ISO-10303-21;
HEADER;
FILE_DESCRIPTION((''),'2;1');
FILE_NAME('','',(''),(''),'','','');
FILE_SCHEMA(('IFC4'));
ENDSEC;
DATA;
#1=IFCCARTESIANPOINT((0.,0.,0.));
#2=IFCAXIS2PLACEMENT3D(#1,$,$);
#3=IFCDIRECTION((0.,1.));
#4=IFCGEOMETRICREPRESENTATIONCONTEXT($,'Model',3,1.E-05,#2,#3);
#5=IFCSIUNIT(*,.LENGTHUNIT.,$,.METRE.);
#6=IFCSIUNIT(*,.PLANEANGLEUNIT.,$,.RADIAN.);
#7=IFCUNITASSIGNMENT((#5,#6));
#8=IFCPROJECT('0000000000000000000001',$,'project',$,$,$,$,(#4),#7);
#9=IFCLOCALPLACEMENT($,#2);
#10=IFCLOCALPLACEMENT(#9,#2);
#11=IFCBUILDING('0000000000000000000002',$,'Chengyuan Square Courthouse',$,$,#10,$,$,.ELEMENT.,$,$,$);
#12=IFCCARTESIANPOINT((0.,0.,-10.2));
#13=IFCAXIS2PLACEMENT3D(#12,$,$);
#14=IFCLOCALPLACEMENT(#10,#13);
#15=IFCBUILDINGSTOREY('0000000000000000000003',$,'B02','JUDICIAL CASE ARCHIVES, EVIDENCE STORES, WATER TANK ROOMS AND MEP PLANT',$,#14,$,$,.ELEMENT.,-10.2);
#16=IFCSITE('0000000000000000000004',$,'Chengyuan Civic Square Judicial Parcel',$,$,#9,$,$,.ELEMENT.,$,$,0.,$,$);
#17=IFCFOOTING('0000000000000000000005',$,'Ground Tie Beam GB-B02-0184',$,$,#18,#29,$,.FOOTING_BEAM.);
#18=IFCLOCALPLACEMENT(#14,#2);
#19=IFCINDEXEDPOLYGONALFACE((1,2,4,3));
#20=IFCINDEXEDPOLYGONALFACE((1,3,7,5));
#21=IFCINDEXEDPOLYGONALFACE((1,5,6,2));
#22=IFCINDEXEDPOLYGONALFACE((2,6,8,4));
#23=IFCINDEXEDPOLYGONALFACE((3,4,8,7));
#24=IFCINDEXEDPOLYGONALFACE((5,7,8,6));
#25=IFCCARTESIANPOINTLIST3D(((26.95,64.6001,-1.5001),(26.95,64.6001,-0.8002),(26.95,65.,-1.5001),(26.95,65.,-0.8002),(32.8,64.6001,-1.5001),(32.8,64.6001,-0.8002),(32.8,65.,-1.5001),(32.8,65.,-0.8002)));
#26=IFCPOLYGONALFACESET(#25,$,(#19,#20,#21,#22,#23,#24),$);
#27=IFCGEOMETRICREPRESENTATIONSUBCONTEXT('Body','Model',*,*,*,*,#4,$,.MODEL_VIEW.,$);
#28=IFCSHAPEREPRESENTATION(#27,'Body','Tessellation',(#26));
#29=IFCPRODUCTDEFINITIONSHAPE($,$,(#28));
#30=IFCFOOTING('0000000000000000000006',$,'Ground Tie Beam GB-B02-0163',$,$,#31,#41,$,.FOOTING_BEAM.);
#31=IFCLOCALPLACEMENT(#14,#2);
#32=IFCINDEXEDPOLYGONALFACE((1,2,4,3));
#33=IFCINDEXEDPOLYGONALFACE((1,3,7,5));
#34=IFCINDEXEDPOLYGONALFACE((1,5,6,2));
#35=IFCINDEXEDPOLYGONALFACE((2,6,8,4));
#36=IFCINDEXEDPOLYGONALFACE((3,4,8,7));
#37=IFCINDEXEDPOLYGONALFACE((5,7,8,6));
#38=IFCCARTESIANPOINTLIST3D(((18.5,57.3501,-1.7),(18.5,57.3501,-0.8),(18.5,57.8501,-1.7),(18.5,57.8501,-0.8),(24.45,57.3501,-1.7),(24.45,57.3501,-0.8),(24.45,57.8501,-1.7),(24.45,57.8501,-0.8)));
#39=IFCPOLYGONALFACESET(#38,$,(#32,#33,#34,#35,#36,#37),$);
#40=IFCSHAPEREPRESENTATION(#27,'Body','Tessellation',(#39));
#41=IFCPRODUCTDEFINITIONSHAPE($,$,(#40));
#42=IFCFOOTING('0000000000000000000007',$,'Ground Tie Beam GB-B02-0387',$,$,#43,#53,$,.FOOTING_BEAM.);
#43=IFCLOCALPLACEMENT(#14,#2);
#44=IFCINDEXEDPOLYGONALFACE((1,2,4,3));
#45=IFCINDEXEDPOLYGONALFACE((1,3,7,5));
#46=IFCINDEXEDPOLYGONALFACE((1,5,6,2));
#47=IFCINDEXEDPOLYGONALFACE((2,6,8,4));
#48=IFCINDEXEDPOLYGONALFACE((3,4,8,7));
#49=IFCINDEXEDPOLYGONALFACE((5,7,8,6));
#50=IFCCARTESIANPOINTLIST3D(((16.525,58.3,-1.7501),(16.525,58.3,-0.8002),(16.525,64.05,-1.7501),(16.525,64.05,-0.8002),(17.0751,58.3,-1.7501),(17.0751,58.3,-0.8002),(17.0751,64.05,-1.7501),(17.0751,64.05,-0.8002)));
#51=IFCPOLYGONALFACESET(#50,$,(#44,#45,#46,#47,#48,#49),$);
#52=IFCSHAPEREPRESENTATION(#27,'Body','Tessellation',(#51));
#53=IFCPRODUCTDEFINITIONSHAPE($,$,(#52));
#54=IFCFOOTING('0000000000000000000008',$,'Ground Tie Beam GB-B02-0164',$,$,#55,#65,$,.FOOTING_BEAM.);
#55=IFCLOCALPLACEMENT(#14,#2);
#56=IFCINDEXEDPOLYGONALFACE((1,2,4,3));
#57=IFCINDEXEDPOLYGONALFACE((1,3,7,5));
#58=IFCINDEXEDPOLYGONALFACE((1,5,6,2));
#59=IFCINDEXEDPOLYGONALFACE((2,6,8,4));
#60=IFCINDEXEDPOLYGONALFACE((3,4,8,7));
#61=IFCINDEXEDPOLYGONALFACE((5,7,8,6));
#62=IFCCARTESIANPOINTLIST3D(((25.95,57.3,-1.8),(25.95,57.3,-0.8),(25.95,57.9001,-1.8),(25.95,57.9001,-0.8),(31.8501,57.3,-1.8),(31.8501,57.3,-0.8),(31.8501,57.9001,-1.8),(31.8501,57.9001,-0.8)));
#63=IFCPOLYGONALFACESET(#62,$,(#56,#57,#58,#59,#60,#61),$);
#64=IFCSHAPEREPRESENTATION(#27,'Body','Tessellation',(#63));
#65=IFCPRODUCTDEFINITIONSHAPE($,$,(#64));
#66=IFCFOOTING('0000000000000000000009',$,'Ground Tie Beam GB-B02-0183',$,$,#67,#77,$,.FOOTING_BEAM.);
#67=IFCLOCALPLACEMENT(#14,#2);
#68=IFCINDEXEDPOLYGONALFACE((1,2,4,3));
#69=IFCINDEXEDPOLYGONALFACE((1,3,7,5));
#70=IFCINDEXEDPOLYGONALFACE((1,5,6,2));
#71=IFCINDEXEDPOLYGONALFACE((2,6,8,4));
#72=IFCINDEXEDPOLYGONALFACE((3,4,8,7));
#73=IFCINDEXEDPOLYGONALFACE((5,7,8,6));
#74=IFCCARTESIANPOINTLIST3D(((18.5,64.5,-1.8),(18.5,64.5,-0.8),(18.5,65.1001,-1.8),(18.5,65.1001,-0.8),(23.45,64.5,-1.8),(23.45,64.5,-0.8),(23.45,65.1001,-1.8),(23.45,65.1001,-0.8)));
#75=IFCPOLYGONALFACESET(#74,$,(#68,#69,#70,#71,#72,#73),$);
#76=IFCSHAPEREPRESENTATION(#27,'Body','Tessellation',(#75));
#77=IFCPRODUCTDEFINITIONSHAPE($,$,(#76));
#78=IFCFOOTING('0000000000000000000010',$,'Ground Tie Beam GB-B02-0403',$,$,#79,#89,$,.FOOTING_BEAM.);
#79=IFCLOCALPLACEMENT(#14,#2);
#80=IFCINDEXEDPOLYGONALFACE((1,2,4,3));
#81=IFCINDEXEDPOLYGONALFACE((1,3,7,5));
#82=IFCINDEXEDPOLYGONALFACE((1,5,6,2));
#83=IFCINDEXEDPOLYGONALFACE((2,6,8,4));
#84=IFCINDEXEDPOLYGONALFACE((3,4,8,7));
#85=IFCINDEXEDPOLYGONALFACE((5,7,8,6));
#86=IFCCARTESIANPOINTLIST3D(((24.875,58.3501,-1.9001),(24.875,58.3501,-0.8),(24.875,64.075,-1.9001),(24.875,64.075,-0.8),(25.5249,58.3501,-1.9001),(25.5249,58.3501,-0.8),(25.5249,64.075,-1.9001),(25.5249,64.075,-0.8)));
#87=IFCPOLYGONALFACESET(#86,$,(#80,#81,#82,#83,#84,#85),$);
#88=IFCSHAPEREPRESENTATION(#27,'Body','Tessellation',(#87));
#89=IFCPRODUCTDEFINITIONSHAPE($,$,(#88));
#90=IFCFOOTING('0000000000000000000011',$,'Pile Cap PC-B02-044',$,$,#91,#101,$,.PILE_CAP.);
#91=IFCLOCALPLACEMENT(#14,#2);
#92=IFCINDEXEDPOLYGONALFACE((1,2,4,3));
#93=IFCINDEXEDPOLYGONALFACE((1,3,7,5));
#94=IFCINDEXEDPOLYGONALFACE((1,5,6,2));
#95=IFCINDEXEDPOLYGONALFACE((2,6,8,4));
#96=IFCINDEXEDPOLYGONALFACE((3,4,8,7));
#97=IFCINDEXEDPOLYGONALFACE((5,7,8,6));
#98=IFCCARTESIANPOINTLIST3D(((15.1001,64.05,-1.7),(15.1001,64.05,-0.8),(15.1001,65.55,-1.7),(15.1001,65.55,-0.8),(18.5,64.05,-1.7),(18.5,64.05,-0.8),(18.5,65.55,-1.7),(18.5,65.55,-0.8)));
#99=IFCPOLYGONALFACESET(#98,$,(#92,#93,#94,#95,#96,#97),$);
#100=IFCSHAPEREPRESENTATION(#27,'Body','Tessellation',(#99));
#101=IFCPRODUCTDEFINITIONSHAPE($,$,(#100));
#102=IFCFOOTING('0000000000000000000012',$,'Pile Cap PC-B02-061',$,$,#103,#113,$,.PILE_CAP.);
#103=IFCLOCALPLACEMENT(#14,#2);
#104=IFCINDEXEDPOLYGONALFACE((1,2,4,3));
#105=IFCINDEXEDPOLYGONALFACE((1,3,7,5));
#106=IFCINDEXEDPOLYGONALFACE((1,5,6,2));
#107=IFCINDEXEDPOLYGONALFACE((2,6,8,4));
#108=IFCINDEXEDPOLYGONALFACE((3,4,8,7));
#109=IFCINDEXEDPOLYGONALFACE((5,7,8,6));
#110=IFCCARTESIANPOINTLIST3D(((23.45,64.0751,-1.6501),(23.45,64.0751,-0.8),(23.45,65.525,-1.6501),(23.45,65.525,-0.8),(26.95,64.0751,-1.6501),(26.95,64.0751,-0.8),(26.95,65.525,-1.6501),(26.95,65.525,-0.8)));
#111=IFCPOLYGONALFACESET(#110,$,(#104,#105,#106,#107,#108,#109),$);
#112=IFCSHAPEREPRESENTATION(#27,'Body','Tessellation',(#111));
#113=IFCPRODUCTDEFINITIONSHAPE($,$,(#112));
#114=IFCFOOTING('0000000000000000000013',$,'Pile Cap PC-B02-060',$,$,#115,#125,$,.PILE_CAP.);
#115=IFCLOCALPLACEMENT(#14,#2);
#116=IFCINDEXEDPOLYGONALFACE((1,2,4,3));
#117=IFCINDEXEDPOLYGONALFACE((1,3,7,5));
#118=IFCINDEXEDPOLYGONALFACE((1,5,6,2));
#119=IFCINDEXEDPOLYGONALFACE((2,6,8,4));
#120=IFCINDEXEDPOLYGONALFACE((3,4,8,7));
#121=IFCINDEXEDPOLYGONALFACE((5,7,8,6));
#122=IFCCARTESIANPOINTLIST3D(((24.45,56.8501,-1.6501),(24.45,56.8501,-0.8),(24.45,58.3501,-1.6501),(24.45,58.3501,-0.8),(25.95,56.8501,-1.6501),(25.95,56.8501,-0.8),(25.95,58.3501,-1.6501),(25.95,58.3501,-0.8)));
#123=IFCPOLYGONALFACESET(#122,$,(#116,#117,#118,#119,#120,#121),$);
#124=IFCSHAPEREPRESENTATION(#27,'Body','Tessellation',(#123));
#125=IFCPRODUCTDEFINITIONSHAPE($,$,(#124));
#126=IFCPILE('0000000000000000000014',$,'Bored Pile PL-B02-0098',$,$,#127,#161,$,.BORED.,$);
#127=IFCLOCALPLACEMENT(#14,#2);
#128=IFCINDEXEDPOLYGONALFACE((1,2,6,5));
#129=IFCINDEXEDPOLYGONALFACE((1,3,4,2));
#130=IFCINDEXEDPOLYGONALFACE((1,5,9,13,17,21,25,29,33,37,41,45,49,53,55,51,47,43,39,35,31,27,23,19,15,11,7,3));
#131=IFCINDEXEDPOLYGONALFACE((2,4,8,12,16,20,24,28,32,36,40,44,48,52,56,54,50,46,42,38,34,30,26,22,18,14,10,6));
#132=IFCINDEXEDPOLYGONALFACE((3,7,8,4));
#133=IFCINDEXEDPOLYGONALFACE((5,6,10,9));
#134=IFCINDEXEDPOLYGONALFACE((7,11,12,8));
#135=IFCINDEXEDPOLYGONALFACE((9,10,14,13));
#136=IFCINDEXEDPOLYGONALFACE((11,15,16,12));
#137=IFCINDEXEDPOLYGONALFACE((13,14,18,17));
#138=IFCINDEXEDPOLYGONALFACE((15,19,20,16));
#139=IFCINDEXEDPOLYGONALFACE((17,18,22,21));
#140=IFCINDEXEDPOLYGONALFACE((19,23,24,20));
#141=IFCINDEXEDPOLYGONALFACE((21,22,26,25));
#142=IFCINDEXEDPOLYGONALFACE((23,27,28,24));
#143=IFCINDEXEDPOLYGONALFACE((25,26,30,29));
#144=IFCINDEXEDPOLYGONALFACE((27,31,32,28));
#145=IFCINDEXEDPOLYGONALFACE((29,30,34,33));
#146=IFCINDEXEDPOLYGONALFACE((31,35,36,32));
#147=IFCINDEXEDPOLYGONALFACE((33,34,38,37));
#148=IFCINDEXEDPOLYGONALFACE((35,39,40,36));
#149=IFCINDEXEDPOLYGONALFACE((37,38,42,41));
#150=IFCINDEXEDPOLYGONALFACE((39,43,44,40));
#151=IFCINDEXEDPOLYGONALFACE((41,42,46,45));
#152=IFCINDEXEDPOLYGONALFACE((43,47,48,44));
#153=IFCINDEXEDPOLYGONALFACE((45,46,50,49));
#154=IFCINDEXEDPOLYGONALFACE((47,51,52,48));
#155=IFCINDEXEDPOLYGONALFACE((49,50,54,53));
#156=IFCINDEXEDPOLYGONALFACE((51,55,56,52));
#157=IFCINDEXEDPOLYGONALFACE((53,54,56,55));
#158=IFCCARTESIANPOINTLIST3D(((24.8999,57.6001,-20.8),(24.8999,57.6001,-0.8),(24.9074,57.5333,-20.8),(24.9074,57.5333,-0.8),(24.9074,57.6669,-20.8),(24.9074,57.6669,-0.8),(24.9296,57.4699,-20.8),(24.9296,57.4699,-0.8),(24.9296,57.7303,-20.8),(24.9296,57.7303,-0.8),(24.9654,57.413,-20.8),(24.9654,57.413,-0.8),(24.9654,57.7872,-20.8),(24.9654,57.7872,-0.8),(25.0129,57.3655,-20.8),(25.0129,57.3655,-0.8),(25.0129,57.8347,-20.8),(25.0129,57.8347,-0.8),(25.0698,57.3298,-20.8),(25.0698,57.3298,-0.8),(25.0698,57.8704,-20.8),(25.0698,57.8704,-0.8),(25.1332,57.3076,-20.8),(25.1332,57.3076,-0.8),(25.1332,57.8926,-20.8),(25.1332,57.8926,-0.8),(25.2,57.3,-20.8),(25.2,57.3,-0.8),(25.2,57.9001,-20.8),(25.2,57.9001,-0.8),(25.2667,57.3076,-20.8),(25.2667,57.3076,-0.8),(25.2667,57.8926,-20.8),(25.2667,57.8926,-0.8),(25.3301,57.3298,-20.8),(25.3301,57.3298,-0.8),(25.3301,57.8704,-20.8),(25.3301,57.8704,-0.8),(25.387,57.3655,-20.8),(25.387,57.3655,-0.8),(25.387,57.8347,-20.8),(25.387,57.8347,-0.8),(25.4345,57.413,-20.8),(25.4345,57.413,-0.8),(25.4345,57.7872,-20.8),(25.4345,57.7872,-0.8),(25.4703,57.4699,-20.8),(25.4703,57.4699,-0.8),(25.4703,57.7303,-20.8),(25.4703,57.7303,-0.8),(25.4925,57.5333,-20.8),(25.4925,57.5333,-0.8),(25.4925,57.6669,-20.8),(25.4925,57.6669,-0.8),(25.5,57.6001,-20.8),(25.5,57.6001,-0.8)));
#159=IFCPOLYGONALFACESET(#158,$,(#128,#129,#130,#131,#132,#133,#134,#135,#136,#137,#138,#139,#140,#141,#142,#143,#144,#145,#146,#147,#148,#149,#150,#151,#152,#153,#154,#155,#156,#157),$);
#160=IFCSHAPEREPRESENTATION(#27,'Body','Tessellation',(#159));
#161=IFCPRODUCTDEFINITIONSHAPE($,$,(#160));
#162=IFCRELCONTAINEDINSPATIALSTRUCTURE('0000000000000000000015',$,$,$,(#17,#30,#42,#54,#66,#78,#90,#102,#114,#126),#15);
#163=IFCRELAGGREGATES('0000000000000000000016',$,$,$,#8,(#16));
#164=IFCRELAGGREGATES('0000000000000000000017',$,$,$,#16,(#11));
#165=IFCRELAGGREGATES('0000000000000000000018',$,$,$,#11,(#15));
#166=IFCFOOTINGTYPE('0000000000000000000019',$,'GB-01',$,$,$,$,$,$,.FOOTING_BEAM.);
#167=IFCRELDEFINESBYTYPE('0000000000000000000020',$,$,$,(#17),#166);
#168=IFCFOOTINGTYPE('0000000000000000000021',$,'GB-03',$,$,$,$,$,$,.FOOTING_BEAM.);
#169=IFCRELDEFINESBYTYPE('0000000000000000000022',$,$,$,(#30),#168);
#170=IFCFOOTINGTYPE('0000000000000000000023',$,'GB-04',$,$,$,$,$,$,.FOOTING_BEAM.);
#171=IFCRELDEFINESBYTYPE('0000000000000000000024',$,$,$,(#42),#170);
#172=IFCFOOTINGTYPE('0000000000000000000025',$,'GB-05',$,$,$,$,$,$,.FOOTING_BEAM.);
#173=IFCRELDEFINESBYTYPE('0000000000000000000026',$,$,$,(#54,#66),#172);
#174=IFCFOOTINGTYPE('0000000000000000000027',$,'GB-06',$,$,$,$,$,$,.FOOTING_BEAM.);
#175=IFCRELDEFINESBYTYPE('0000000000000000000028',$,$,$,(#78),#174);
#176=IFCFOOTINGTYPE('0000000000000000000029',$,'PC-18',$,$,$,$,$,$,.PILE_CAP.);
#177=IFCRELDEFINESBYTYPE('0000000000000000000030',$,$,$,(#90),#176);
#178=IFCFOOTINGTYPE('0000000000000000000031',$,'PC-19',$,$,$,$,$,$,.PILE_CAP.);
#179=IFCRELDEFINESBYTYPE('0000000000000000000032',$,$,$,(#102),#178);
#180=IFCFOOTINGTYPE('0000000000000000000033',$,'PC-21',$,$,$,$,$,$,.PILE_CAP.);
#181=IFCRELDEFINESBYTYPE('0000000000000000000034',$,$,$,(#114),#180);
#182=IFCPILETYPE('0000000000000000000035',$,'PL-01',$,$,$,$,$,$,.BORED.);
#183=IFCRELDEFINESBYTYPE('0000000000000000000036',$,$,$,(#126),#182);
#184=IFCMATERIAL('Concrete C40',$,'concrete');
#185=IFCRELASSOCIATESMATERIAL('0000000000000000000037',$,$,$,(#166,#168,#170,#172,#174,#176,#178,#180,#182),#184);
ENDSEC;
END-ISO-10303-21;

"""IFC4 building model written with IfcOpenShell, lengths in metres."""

from ifc_helpers import new_model, si_unit, direction, frame, origin, origin_2d, place, context, subcontext, project, spatial, rectangle, circle, extrude, material, material_profile, profile_set, type_object, element, save


model = new_model("IFC4")

# Units and contexts
model_context = context("Model", 3, precision=1e-05, world=origin(), true_north=direction((0.0, 1.0)))
body_context = subcontext(model_context, "Body", "Model", "MODEL_VIEW")
ifc_project = project(units=[si_unit("LENGTHUNIT", "METRE"), si_unit("PLANEANGLEUNIT", "RADIAN")], contexts=[model_context])

# Site, building, storey
site_placement = place(None, origin())
site = spatial("IfcSite", under=ifc_project, at=site_placement, Name="Chengyuan Civic Square Judicial Parcel", CompositionType="ELEMENT", RefElevation=0.0)
building_placement = place(site_placement, origin())
building = spatial("IfcBuilding", under=site, at=building_placement, Name="Chengyuan Square Courthouse", CompositionType="ELEMENT")
storey_placement = place(building_placement, frame((0.0, 0.0, -10.2)))
storey = spatial("IfcBuildingStorey", under=building, at=storey_placement, Name="B02", Description="JUDICIAL CASE ARCHIVES, EVIDENCE STORES, WATER TANK ROOMS AND MEP PLANT", CompositionType="ELEMENT", Elevation=-10.2)

# Footings
ifc_material_1 = material(Name="Concrete C40", Category="concrete")
ifc_material_profile_1 = material_profile(ifc_material_1, rectangle(XDim=0.3999, YDim=0.7, at=origin_2d()), Name="GB-400x700")
ifc_profile_set_1 = profile_set([ifc_material_profile_1], Name="Concrete C40")
footing_type_1 = type_object("IfcFootingType", Name="GB-01", PredefinedType="FOOTING_BEAM", material=ifc_profile_set_1)
footing_1_placement = place(storey_placement, frame((26.95, 64.8, -1.1501), z_axis=(1.0, 0.0, 0.0), x_axis=(0.0, 1.0, 0.0)))
element("IfcFooting", 1, at=footing_1_placement, inside=storey, type_object=footing_type_1, Name="Ground Tie Beam GB-B02-0184", PredefinedType="FOOTING_BEAM", context=body_context, shape_type="SweptSolid", body=[
    extrude(rectangle(XDim=0.3999, YDim=0.7, at=origin_2d()), origin(), (0.0, 0.0, 1.0), 5.8501),
])
ifc_material_profile_2 = material_profile(ifc_material_1, rectangle(XDim=0.5, YDim=0.8999, at=origin_2d()), Name="GB-500x900")
ifc_profile_set_2 = profile_set([ifc_material_profile_2], Name="Concrete C40")
footing_type_2 = type_object("IfcFootingType", Name="GB-03", PredefinedType="FOOTING_BEAM", material=ifc_profile_set_2)
footing_2_placement = place(storey_placement, frame((18.5, 57.6001, -1.25), z_axis=(1.0, 0.0, 0.0), x_axis=(0.0, 1.0, 0.0)))
element("IfcFooting", 2, at=footing_2_placement, inside=storey, type_object=footing_type_2, Name="Ground Tie Beam GB-B02-0163", PredefinedType="FOOTING_BEAM", context=body_context, shape_type="SweptSolid", body=[
    extrude(rectangle(XDim=0.5, YDim=0.8999, at=origin_2d()), origin(), (0.0, 0.0, 1.0), 5.95),
])
ifc_material_profile_3 = material_profile(ifc_material_1, rectangle(XDim=0.55, YDim=0.95, at=origin_2d()), Name="GB-550x950")
ifc_profile_set_3 = profile_set([ifc_material_profile_3], Name="Concrete C40")
footing_type_3 = type_object("IfcFootingType", Name="GB-04", PredefinedType="FOOTING_BEAM", material=ifc_profile_set_3)
footing_3_placement = place(storey_placement, frame((16.8, 58.3, -1.2751), z_axis=(0.0, 1.0, 0.0), x_axis=(-1.0, 0.0, 0.0)))
element("IfcFooting", 3, at=footing_3_placement, inside=storey, type_object=footing_type_3, Name="Ground Tie Beam GB-B02-0387", PredefinedType="FOOTING_BEAM", context=body_context, shape_type="SweptSolid", body=[
    extrude(rectangle(XDim=0.55, YDim=0.95, at=origin_2d()), origin(), (0.0, 0.0, 1.0), 5.75),
])
ifc_material_profile_4 = material_profile(ifc_material_1, rectangle(XDim=0.6001, YDim=1.0, at=origin_2d()), Name="GB-600x1000")
ifc_profile_set_4 = profile_set([ifc_material_profile_4], Name="Concrete C40")
footing_type_4 = type_object("IfcFootingType", Name="GB-05", PredefinedType="FOOTING_BEAM", material=ifc_profile_set_4)
footing_4_placement = place(storey_placement, frame((25.95, 57.6001, -1.3), z_axis=(1.0, 0.0, 0.0), x_axis=(0.0, 1.0, 0.0)))
element("IfcFooting", 4, at=footing_4_placement, inside=storey, type_object=footing_type_4, Name="Ground Tie Beam GB-B02-0164", PredefinedType="FOOTING_BEAM", context=body_context, shape_type="SweptSolid", body=[
    extrude(rectangle(XDim=0.6001, YDim=1.0, at=origin_2d()), origin(), (0.0, 0.0, 1.0), 5.9001),
])
footing_5_placement = place(storey_placement, frame((18.5, 64.8, -1.3), z_axis=(1.0, 0.0, 0.0), x_axis=(0.0, 1.0, 0.0)))
element("IfcFooting", 5, at=footing_5_placement, inside=storey, type_object=footing_type_4, Name="Ground Tie Beam GB-B02-0183", PredefinedType="FOOTING_BEAM", context=body_context, shape_type="SweptSolid", body=[
    extrude(rectangle(XDim=0.6001, YDim=1.0, at=origin_2d()), origin(), (0.0, 0.0, 1.0), 4.95),
])
ifc_material_profile_5 = material_profile(ifc_material_1, rectangle(XDim=0.6499, YDim=1.1001, at=origin_2d()), Name="GB-650x1100")
ifc_profile_set_5 = profile_set([ifc_material_profile_5], Name="Concrete C40")
footing_type_5 = type_object("IfcFootingType", Name="GB-06", PredefinedType="FOOTING_BEAM", material=ifc_profile_set_5)
footing_6_placement = place(storey_placement, frame((25.2, 58.3501, -1.3501), z_axis=(0.0, 1.0, 0.0), x_axis=(-1.0, 0.0, 0.0)))
element("IfcFooting", 6, at=footing_6_placement, inside=storey, type_object=footing_type_5, Name="Ground Tie Beam GB-B02-0403", PredefinedType="FOOTING_BEAM", context=body_context, shape_type="SweptSolid", body=[
    extrude(rectangle(XDim=0.6499, YDim=1.1001, at=origin_2d()), origin(), (0.0, 0.0, 1.0), 5.7249),
])
footing_type_6 = type_object("IfcFootingType", Name="PC-18", PredefinedType="PILE_CAP", material=ifc_material_1)
footing_7_placement = place(storey_placement, frame((16.8, 64.8, -1.7), z_axis=(0.0, 0.0, 1.0), x_axis=(1.0, 0.0, 0.0)))
element("IfcFooting", 7, at=footing_7_placement, inside=storey, type_object=footing_type_6, Name="Pile Cap PC-B02-044", PredefinedType="PILE_CAP", context=body_context, shape_type="SweptSolid", body=[
    extrude(rectangle(XDim=3.3999, YDim=1.5, at=origin_2d()), origin(), (0.0, 0.0, 1.0), 0.8999),
])
footing_type_7 = type_object("IfcFootingType", Name="PC-19", PredefinedType="PILE_CAP", material=ifc_material_1)
footing_8_placement = place(storey_placement, frame((25.2, 64.8, -1.6501), z_axis=(0.0, 0.0, 1.0), x_axis=(1.0, 0.0, 0.0)))
element("IfcFooting", 8, at=footing_8_placement, inside=storey, type_object=footing_type_7, Name="Pile Cap PC-B02-061", PredefinedType="PILE_CAP", context=body_context, shape_type="SweptSolid", body=[
    extrude(rectangle(XDim=3.5, YDim=1.45, at=origin_2d()), origin(), (0.0, 0.0, 1.0), 0.8501),
])
footing_type_8 = type_object("IfcFootingType", Name="PC-21", PredefinedType="PILE_CAP", material=ifc_material_1)
footing_9_placement = place(storey_placement, frame((25.2, 57.6001, -1.6501), z_axis=(0.0, 0.0, 1.0), x_axis=(1.0, 0.0, 0.0)))
element("IfcFooting", 9, at=footing_9_placement, inside=storey, type_object=footing_type_8, Name="Pile Cap PC-B02-060", PredefinedType="PILE_CAP", context=body_context, shape_type="SweptSolid", body=[
    extrude(rectangle(XDim=1.5, YDim=1.5, at=origin_2d()), origin(), (0.0, 0.0, 1.0), 0.8501),
])

# Pile
ifc_material_profile_6 = material_profile(ifc_material_1, circle(Radius=0.3, at=origin_2d()), Name="BORED PILE D600")
ifc_profile_set_6 = profile_set([ifc_material_profile_6], Name="Concrete C40")
pile_type_1 = type_object("IfcPileType", Name="PL-01", PredefinedType="BORED", material=ifc_profile_set_6)
pile_placement = place(storey_placement, frame((25.2, 57.6001, -0.8), z_axis=(0.0, 0.0, -1.0), x_axis=(1.0, 0.0, 0.0)))
element("IfcPile", 10, at=pile_placement, inside=storey, type_object=pile_type_1, Name="Bored Pile PL-B02-0098", PredefinedType="BORED", context=body_context, shape_type="SweptSolid", body=[
    extrude(circle(Radius=0.3, at=origin_2d()), origin(), (0.0, 0.0, 1.0), 20.0),
])

save(model, "model.ifc")
